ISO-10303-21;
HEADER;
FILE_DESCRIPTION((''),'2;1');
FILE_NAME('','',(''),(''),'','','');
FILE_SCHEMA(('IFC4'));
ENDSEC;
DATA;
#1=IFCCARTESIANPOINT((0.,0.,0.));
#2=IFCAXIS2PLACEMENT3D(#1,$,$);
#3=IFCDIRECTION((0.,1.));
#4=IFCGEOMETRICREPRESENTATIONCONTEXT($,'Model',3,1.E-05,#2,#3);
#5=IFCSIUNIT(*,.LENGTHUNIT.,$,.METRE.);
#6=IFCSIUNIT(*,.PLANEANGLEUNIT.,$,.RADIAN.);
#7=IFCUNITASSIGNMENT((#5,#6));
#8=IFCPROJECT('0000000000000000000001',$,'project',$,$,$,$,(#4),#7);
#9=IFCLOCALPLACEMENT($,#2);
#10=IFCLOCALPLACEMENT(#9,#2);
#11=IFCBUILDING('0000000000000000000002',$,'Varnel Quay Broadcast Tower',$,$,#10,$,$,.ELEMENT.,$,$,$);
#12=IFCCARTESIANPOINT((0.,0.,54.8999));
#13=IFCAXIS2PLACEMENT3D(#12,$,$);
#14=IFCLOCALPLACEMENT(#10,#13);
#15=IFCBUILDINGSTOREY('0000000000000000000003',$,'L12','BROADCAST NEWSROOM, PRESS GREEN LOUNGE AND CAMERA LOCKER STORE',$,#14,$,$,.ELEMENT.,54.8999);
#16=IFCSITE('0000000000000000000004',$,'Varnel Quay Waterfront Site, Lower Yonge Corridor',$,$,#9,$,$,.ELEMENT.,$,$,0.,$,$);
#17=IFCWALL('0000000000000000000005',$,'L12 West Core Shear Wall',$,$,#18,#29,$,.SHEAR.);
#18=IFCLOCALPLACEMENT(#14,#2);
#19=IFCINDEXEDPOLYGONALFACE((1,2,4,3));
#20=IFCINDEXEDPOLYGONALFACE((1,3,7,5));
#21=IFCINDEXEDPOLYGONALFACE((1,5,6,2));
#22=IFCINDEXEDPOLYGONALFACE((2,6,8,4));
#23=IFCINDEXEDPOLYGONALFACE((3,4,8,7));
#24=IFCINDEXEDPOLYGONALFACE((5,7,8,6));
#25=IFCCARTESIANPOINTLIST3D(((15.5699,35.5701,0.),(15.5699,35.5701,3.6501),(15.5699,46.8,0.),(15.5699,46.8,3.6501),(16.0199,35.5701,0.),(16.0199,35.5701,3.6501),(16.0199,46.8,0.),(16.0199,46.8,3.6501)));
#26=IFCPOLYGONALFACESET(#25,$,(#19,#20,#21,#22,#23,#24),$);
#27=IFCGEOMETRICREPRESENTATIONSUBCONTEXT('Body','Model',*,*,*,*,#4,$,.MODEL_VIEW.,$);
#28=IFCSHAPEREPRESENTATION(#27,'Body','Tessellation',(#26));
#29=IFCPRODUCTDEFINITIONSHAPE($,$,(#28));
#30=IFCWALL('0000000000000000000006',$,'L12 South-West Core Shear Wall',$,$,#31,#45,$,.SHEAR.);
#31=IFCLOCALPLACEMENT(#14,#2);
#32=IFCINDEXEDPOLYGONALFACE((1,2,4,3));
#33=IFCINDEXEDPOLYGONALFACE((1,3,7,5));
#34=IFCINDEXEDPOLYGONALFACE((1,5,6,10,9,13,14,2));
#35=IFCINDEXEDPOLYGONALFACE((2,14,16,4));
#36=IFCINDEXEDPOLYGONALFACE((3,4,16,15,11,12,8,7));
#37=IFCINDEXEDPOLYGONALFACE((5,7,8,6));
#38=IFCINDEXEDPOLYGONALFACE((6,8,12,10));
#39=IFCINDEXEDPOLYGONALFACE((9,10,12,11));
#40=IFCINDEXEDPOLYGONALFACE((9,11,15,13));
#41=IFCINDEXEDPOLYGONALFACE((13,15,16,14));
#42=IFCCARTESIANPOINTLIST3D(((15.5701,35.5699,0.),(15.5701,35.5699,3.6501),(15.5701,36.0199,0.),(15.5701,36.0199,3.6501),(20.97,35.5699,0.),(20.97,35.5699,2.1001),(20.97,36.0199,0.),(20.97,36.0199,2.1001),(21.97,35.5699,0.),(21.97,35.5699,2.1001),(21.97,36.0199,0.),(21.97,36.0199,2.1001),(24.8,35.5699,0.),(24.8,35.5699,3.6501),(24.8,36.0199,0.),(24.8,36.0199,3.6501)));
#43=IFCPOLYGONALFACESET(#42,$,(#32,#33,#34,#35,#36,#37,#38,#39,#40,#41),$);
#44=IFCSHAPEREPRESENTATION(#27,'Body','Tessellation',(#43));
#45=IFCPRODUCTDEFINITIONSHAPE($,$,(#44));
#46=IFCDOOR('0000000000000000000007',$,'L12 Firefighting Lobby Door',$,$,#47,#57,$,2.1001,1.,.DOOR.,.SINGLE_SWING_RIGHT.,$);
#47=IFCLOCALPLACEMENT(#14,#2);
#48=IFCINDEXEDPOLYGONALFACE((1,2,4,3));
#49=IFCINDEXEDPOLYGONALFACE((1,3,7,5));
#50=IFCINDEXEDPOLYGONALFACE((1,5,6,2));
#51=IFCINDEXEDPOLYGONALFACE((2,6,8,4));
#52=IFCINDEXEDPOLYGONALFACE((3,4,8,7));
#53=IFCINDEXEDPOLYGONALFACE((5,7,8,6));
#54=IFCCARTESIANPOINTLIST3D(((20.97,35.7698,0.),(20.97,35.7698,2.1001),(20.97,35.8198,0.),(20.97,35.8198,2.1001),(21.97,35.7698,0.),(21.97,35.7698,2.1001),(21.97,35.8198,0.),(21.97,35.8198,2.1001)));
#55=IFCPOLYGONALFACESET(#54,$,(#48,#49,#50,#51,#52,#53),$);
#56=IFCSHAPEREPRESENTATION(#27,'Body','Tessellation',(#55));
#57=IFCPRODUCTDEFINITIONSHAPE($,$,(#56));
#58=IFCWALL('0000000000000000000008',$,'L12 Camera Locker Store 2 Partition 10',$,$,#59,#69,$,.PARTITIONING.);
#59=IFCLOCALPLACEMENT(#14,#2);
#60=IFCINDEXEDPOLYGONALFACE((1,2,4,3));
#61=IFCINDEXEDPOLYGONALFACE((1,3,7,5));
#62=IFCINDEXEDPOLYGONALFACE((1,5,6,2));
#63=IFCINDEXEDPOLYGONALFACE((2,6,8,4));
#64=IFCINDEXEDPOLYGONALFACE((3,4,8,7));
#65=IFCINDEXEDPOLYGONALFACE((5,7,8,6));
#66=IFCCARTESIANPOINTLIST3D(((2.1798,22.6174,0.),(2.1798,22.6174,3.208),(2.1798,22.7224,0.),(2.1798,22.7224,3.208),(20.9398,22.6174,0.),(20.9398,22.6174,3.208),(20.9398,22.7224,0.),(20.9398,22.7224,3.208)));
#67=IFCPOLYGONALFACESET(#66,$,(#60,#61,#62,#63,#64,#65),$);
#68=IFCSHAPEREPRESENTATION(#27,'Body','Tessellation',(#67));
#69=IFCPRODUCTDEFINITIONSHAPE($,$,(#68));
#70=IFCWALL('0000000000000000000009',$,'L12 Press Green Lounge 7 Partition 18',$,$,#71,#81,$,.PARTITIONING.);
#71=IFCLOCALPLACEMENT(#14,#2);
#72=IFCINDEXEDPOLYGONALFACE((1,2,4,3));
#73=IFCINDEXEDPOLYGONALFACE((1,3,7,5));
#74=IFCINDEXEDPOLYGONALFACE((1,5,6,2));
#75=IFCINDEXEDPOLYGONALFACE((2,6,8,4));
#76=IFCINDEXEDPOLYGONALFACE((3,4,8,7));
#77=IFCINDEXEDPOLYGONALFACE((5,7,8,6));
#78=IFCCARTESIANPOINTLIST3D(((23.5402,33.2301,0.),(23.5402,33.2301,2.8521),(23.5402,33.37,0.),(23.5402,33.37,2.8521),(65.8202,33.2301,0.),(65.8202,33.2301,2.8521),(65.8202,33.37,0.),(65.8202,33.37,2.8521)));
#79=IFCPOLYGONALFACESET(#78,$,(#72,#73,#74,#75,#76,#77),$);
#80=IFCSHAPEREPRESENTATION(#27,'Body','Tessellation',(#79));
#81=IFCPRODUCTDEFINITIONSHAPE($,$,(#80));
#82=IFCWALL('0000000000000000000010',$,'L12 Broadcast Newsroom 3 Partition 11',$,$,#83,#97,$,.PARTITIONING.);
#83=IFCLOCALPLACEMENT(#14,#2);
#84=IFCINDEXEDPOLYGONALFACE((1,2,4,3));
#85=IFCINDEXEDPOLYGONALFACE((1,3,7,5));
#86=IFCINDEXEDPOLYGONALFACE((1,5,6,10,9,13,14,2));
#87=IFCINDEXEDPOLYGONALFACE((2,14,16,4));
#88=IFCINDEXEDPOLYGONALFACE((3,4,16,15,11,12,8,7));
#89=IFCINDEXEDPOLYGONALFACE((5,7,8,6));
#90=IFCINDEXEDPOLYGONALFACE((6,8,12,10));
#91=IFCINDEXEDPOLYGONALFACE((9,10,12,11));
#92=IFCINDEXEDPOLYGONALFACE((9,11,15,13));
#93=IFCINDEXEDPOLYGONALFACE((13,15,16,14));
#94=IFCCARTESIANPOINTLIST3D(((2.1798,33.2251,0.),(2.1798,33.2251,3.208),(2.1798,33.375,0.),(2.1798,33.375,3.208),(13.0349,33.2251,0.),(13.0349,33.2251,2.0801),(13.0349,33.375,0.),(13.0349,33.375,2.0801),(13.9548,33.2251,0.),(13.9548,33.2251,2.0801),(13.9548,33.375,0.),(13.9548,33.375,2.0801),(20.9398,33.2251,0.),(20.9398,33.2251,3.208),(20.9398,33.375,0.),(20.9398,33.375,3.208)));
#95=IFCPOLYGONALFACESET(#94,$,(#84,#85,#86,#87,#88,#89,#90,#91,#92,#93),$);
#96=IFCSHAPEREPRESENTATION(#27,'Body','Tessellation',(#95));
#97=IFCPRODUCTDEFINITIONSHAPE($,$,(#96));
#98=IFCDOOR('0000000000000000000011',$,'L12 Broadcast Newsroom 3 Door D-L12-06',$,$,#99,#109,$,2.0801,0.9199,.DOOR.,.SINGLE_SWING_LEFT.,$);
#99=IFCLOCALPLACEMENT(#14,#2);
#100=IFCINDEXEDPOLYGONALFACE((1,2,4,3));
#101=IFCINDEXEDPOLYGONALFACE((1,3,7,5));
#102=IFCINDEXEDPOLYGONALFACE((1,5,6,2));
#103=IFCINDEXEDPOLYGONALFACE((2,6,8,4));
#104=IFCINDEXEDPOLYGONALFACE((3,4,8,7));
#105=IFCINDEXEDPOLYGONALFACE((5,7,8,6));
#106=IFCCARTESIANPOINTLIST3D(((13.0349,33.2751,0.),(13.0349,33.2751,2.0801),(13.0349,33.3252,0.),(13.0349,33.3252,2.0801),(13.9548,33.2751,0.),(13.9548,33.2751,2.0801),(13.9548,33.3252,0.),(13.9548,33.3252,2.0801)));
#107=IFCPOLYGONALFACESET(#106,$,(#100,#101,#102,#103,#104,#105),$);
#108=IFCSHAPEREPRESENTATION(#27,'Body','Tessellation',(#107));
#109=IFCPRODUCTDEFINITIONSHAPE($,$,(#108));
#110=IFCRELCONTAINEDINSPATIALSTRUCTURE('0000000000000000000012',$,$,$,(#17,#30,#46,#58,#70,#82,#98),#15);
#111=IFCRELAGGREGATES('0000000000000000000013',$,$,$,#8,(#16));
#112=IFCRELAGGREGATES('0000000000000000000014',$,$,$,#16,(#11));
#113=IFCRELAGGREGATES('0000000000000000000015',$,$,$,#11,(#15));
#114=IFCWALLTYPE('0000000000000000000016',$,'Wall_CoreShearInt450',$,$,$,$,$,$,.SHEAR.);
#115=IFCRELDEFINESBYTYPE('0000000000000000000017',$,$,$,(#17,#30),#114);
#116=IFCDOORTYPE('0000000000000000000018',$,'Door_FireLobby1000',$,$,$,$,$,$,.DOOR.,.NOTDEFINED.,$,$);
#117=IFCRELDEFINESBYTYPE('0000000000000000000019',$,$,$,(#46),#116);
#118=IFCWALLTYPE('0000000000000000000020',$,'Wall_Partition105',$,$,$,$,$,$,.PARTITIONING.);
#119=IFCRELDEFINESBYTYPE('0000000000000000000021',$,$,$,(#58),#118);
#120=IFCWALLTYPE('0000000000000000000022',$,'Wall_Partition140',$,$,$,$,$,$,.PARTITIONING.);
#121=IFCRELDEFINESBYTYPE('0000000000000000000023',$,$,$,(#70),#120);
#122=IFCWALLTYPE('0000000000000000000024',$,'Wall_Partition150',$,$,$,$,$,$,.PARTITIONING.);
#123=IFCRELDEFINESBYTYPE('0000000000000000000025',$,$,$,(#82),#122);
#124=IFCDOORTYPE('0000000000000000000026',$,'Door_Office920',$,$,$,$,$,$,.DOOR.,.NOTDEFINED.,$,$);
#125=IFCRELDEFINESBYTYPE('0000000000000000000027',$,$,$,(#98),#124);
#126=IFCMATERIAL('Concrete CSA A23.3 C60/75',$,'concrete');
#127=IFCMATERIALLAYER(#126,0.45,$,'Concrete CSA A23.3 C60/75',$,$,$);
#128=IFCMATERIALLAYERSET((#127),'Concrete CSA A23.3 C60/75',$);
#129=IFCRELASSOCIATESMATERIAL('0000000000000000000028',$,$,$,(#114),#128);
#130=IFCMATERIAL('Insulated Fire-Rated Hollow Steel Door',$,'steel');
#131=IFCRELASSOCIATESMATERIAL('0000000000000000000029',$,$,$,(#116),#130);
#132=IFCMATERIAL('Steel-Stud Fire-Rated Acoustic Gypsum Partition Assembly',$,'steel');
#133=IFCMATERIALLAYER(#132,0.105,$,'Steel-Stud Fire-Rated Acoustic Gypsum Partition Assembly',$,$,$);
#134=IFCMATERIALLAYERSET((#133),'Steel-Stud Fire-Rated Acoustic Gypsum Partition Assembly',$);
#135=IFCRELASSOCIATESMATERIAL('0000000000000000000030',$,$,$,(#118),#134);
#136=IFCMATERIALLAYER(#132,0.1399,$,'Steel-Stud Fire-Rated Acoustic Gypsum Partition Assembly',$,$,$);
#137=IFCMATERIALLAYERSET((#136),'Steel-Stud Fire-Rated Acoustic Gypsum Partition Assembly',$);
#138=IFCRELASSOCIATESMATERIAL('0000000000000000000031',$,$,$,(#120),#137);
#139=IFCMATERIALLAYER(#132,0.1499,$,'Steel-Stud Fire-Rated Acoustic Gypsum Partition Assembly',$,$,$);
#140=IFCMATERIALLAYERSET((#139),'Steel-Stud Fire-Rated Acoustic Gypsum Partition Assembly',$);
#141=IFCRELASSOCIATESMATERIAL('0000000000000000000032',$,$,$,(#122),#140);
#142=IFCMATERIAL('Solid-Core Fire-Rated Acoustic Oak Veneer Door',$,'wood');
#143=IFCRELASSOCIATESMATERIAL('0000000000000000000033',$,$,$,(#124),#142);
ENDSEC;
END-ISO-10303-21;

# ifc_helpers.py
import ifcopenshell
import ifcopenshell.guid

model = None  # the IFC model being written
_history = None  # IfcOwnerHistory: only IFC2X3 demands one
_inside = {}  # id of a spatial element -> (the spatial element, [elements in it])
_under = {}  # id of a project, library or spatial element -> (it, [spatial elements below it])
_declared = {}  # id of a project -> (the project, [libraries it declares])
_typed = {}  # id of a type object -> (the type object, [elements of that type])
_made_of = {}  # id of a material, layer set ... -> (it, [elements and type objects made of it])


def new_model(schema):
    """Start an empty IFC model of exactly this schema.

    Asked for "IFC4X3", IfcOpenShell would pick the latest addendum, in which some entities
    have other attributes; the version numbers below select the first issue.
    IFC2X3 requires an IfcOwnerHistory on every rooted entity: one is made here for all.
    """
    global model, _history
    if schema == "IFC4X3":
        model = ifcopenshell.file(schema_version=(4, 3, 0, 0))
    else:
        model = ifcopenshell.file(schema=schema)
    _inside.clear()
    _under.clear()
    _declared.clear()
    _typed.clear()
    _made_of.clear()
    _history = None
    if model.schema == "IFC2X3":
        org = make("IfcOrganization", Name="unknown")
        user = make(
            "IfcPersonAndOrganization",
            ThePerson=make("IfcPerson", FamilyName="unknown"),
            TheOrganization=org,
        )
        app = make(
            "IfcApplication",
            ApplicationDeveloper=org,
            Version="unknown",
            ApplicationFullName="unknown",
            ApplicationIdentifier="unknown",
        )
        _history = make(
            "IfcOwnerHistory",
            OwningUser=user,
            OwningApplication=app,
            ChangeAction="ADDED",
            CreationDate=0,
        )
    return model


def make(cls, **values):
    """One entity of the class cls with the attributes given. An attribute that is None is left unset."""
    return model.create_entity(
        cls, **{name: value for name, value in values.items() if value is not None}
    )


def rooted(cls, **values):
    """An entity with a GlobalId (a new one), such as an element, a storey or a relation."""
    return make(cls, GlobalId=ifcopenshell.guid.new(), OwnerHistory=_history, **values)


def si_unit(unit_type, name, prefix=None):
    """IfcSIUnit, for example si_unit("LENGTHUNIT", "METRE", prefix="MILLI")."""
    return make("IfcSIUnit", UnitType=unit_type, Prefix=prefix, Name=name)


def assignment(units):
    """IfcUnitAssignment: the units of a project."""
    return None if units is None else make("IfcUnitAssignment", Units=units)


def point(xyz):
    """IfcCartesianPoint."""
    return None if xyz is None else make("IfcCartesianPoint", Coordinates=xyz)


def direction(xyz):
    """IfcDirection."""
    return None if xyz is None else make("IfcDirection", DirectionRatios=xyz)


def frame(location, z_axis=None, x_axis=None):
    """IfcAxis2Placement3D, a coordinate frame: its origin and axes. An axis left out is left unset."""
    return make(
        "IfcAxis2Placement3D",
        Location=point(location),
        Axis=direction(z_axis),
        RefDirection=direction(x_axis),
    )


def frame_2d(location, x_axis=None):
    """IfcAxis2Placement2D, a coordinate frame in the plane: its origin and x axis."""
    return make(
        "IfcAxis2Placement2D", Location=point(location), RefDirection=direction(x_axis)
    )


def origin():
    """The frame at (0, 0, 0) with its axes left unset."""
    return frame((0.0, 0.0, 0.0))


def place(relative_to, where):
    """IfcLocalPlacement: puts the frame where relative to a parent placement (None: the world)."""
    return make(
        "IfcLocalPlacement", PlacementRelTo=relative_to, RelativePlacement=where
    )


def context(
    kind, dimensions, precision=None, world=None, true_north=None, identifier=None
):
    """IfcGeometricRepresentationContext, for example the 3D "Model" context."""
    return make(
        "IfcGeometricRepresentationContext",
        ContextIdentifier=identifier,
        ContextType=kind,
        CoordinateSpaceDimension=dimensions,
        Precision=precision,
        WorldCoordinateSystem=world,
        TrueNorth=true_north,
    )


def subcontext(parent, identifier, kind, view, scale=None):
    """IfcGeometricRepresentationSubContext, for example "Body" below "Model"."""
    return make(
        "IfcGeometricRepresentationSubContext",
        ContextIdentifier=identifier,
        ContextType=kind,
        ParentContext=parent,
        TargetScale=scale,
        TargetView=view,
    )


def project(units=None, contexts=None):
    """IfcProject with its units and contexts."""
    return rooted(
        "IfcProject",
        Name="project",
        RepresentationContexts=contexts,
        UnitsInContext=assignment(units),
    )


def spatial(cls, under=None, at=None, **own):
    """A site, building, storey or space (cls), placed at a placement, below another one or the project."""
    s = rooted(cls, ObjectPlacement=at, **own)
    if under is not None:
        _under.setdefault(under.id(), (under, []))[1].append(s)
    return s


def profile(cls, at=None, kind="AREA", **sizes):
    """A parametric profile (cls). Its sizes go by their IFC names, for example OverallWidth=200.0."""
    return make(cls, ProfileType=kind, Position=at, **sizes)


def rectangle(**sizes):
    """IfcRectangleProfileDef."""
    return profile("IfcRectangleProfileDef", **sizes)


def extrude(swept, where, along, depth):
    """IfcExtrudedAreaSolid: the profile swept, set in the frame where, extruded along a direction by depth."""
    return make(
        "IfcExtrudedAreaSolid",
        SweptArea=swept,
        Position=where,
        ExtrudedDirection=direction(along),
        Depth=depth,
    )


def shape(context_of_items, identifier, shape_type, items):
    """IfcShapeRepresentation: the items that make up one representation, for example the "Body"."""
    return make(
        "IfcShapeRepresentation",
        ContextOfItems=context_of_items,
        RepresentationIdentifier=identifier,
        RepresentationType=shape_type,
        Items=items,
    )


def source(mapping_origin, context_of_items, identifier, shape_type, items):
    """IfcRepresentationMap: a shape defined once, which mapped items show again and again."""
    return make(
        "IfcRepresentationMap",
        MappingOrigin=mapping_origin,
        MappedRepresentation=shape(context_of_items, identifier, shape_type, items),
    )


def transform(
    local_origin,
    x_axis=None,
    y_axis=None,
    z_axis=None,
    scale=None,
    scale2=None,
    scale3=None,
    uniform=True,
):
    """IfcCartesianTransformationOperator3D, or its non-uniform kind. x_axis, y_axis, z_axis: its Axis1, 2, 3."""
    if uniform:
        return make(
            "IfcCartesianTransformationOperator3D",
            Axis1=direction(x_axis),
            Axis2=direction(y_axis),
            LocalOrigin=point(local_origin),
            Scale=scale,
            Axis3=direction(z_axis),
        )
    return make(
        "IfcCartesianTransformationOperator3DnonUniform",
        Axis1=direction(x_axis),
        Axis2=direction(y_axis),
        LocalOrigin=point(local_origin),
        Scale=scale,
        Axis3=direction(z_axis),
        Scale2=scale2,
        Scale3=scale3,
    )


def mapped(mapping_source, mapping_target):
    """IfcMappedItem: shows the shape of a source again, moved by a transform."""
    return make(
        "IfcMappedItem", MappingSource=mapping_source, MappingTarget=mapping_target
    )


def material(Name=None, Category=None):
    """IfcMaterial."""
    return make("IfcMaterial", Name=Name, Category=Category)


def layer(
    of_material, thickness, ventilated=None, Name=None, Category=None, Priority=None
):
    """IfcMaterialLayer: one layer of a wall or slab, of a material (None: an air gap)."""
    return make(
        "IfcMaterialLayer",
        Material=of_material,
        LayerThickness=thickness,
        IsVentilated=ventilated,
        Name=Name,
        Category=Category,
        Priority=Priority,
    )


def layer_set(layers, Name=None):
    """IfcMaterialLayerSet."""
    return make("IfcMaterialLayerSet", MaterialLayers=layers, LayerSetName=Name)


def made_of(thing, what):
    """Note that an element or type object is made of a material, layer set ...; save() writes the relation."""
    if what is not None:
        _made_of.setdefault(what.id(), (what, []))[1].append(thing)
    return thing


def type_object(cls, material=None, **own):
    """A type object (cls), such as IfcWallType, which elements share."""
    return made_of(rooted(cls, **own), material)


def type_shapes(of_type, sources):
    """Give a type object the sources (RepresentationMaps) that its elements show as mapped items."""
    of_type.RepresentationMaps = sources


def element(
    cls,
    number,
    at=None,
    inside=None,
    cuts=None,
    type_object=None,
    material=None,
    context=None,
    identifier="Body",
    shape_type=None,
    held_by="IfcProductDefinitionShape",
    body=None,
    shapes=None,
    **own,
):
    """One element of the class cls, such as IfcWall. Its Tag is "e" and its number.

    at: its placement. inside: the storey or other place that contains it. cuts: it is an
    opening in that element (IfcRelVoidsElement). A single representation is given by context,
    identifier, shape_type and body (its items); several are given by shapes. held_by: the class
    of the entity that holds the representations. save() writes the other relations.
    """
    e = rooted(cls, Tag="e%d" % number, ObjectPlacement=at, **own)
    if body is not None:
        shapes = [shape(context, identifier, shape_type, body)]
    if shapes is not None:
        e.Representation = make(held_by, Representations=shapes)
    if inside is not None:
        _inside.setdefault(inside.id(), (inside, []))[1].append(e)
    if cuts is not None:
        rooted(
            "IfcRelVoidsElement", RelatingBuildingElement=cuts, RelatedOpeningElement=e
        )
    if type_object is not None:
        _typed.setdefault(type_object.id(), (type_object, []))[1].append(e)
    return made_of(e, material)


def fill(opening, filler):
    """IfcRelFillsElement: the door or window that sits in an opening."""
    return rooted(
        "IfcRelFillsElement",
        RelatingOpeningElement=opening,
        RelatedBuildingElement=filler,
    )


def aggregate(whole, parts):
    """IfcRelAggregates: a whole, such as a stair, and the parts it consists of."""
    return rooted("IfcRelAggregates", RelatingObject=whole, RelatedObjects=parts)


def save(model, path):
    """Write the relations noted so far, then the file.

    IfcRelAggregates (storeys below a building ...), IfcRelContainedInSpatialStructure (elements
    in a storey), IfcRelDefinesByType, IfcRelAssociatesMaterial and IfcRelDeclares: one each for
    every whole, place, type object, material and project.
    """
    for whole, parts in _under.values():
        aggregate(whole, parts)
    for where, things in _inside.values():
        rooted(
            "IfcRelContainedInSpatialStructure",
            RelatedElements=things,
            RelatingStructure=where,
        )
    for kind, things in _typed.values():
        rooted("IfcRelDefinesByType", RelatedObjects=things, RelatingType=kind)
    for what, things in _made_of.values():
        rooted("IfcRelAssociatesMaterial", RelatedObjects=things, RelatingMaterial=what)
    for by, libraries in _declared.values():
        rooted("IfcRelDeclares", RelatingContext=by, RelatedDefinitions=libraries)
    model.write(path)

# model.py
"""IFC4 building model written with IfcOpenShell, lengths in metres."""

from ifc_helpers import new_model, si_unit, direction, frame, frame_2d, origin, place, context, subcontext, project, spatial, rectangle, extrude, source, transform, mapped, material, layer, layer_set, type_object, type_shapes, element, fill, save


model = new_model("IFC4")

# Units and contexts
model_context = context("Model", 3, precision=1e-05, world=origin(), true_north=direction((0.0, 1.0)))
body_context = subcontext(model_context, "Body", "Model", "MODEL_VIEW")
ifc_project = project(units=[si_unit("LENGTHUNIT", "METRE"), si_unit("PLANEANGLEUNIT", "RADIAN")], contexts=[model_context])

# Site, building, storey
site_placement = place(None, origin())
site = spatial("IfcSite", under=ifc_project, at=site_placement, Name="Varnel Quay Waterfront Site, Lower Yonge Corridor", CompositionType="ELEMENT", RefElevation=0.0)
building_placement = place(site_placement, origin())
building = spatial("IfcBuilding", under=site, at=building_placement, Name="Varnel Quay Broadcast Tower", CompositionType="ELEMENT")
storey_placement = place(building_placement, frame((0.0, 0.0, 54.8999)))
storey = spatial("IfcBuildingStorey", under=building, at=storey_placement, Name="L12", Description="BROADCAST NEWSROOM, PRESS GREEN LOUNGE AND CAMERA LOCKER STORE", CompositionType="ELEMENT", Elevation=54.8999)

# Shared definitions
ifc_material_1 = material(Name="Concrete CSA A23.3 C60/75", Category="concrete")

# Shared definitions
ifc_material_2 = material(Name="Insulated Fire-Rated Hollow Steel Door", Category="steel")

# Wall
ifc_layer_1 = layer(ifc_material_1, 0.45, Name="Concrete CSA A23.3 C60/75")
ifc_layer_set_1 = layer_set([ifc_layer_1], Name="Concrete CSA A23.3 C60/75")
wall_type_1 = type_object("IfcWallType", Name="Wall_CoreShearInt450", PredefinedType="SHEAR", material=ifc_layer_set_1)
wall_1_placement = place(storey_placement, frame((15.7949, 35.5701, 0.0), z_axis=(0.0, 0.0, 1.0), x_axis=(0.0, 1.0, 0.0)))
element("IfcWall", 1, at=wall_1_placement, inside=storey, type_object=wall_type_1, Name="L12 West Core Shear Wall", PredefinedType="SHEAR", context=body_context, shape_type="SweptSolid", body=[
    extrude(rectangle(XDim=11.23, YDim=0.45, at=frame_2d((5.615, 0.0))), origin(), (0.0, 0.0, 1.0), 3.6501),
])

# Wall, opening, door
wall_2_placement = place(storey_placement, frame((15.5701, 35.7949, 0.0), z_axis=(0.0, 0.0, 1.0), x_axis=(1.0, 0.0, 0.0)))
wall_2 = element("IfcWall", 2, at=wall_2_placement, inside=storey, type_object=wall_type_1, Name="L12 South-West Core Shear Wall", PredefinedType="SHEAR", context=body_context, shape_type="SweptSolid", body=[
    extrude(rectangle(XDim=9.23, YDim=0.45, at=frame_2d((4.615, 0.0))), origin(), (0.0, 0.0, 1.0), 3.6501),
])
opening_1_placement = place(wall_2_placement, frame((5.3999, 0.0, 0.0)))
opening_1 = element("IfcOpeningElement", 3, at=opening_1_placement, cuts=wall_2, PredefinedType="OPENING", context=body_context, shape_type="SweptSolid", body=[
    extrude(rectangle(XDim=1.0, YDim=2.1001, at=frame_2d((0.5, 1.05))), frame((0.0, 0.2349, 0.0), z_axis=(0.0, -1.0, 0.0), x_axis=(1.0, 0.0, 0.0)), (0.0, 0.0, 1.0), 0.47),
])
door_type_1 = type_object("IfcDoorType", Name="Door_FireLobby1000", OperationType="NOTDEFINED", PredefinedType="DOOR", material=ifc_material_2)
shared_shape_1 = source(origin(), body_context, "Body", "SweptSolid", [
    extrude(rectangle(XDim=1.0, YDim=2.1001, at=frame_2d((0.5, 1.05))), frame((0.0, 0.0249, 0.0), z_axis=(0.0, -1.0, 0.0), x_axis=(1.0, 0.0, 0.0)), (0.0, 0.0, 1.0), 0.05),
])
type_shapes(door_type_1, [shared_shape_1])
door_1_placement = place(opening_1_placement, origin())
door_1 = element("IfcDoor", 4, at=door_1_placement, inside=storey, type_object=door_type_1, Name="L12 Firefighting Lobby Door", OperationType="SINGLE_SWING_RIGHT", OverallHeight=2.1001, OverallWidth=1.0, PredefinedType="DOOR", context=body_context, shape_type="MappedRepresentation", body=[
    mapped(shared_shape_1, transform((0.0, 0.0, 0.0), x_axis=(1.0, 0.0, 0.0), y_axis=(0.0, 1.0, 0.0), z_axis=(0.0, 0.0, 1.0), scale=1.0)),
])
fill(opening_1, door_1)

# Walls
ifc_material_3 = material(Name="Steel-Stud Fire-Rated Acoustic Gypsum Partition Assembly", Category="steel")
ifc_layer_2 = layer(ifc_material_3, 0.105, Name="Steel-Stud Fire-Rated Acoustic Gypsum Partition Assembly")
ifc_layer_set_2 = layer_set([ifc_layer_2], Name="Steel-Stud Fire-Rated Acoustic Gypsum Partition Assembly")
wall_type_2 = type_object("IfcWallType", Name="Wall_Partition105", PredefinedType="PARTITIONING", material=ifc_layer_set_2)
wall_3_placement = place(storey_placement, frame((2.1799, 22.6699, 0.0), z_axis=(0.0, 0.0, 1.0), x_axis=(1.0, 0.0, 0.0)))
element("IfcWall", 5, at=wall_3_placement, inside=storey, type_object=wall_type_2, Name="L12 Camera Locker Store 2 Partition 10", PredefinedType="PARTITIONING", context=body_context, shape_type="SweptSolid", body=[
    extrude(rectangle(XDim=18.76, YDim=0.105, at=frame_2d((9.3799, 0.0))), origin(), (0.0, 0.0, 1.0), 3.208),
])
ifc_layer_3 = layer(ifc_material_3, 0.1399, Name="Steel-Stud Fire-Rated Acoustic Gypsum Partition Assembly")
ifc_layer_set_3 = layer_set([ifc_layer_3], Name="Steel-Stud Fire-Rated Acoustic Gypsum Partition Assembly")
wall_type_3 = type_object("IfcWallType", Name="Wall_Partition140", PredefinedType="PARTITIONING", material=ifc_layer_set_3)
wall_4_placement = place(storey_placement, frame((23.54, 33.3, 0.0), z_axis=(0.0, 0.0, 1.0), x_axis=(1.0, 0.0, 0.0)))
element("IfcWall", 6, at=wall_4_placement, inside=storey, type_object=wall_type_3, Name="L12 Press Green Lounge 7 Partition 18", PredefinedType="PARTITIONING", context=body_context, shape_type="SweptSolid", body=[
    extrude(rectangle(XDim=42.28, YDim=0.1399, at=frame_2d((21.1401, 0.0))), origin(), (0.0, 0.0, 1.0), 2.8521),
])

# Wall, opening, door
ifc_layer_4 = layer(ifc_material_3, 0.1499, Name="Steel-Stud Fire-Rated Acoustic Gypsum Partition Assembly")
ifc_layer_set_4 = layer_set([ifc_layer_4], Name="Steel-Stud Fire-Rated Acoustic Gypsum Partition Assembly")
wall_type_4 = type_object("IfcWallType", Name="Wall_Partition150", PredefinedType="PARTITIONING", material=ifc_layer_set_4)
wall_5_placement = place(storey_placement, frame((2.1799, 33.3, 0.0), z_axis=(0.0, 0.0, 1.0), x_axis=(1.0, 0.0, 0.0)))
wall_5 = element("IfcWall", 7, at=wall_5_placement, inside=storey, type_object=wall_type_4, Name="L12 Broadcast Newsroom 3 Partition 11", PredefinedType="PARTITIONING", context=body_context, shape_type="SweptSolid", body=[
    extrude(rectangle(XDim=18.76, YDim=0.1499, at=frame_2d((9.3799, 0.0))), origin(), (0.0, 0.0, 1.0), 3.208),
])
opening_2_placement = place(wall_5_placement, frame((10.855, 0.0, 0.0)))
opening_2 = element("IfcOpeningElement", 8, at=opening_2_placement, cuts=wall_5, PredefinedType="OPENING", context=body_context, shape_type="SweptSolid", body=[
    extrude(rectangle(XDim=0.9199, YDim=2.0801, at=frame_2d((0.46, 1.04))), frame((0.0, 0.085, 0.0), z_axis=(0.0, -1.0, 0.0), x_axis=(1.0, 0.0, 0.0)), (0.0, 0.0, 1.0), 0.1699),
])
ifc_material_4 = material(Name="Solid-Core Fire-Rated Acoustic Oak Veneer Door", Category="wood")
door_type_2 = type_object("IfcDoorType", Name="Door_Office920", OperationType="NOTDEFINED", PredefinedType="DOOR", material=ifc_material_4)
shared_shape_2 = source(origin(), body_context, "Body", "SweptSolid", [
    extrude(rectangle(XDim=0.9199, YDim=2.0801, at=frame_2d((0.46, 1.04))), frame((0.0, 0.0249, 0.0), z_axis=(0.0, -1.0, 0.0), x_axis=(1.0, 0.0, 0.0)), (0.0, 0.0, 1.0), 0.05),
])
type_shapes(door_type_2, [shared_shape_2])
door_2_placement = place(opening_2_placement, frame((0.9199, 0.0, 0.0), z_axis=(0.0, 0.0, 1.0), x_axis=(-1.0, 0.0, 0.0)))
door_2 = element("IfcDoor", 9, at=door_2_placement, inside=storey, type_object=door_type_2, Name="L12 Broadcast Newsroom 3 Door D-L12-06", OperationType="SINGLE_SWING_LEFT", OverallHeight=2.0801, OverallWidth=0.9199, PredefinedType="DOOR", context=body_context, shape_type="MappedRepresentation", body=[
    mapped(shared_shape_2, transform((0.0, 0.0, 0.0), x_axis=(1.0, 0.0, 0.0), y_axis=(0.0, 1.0, 0.0), z_axis=(0.0, 0.0, 1.0), scale=1.0)),
])
fill(opening_2, door_2)

save(model, "model.ifc")
